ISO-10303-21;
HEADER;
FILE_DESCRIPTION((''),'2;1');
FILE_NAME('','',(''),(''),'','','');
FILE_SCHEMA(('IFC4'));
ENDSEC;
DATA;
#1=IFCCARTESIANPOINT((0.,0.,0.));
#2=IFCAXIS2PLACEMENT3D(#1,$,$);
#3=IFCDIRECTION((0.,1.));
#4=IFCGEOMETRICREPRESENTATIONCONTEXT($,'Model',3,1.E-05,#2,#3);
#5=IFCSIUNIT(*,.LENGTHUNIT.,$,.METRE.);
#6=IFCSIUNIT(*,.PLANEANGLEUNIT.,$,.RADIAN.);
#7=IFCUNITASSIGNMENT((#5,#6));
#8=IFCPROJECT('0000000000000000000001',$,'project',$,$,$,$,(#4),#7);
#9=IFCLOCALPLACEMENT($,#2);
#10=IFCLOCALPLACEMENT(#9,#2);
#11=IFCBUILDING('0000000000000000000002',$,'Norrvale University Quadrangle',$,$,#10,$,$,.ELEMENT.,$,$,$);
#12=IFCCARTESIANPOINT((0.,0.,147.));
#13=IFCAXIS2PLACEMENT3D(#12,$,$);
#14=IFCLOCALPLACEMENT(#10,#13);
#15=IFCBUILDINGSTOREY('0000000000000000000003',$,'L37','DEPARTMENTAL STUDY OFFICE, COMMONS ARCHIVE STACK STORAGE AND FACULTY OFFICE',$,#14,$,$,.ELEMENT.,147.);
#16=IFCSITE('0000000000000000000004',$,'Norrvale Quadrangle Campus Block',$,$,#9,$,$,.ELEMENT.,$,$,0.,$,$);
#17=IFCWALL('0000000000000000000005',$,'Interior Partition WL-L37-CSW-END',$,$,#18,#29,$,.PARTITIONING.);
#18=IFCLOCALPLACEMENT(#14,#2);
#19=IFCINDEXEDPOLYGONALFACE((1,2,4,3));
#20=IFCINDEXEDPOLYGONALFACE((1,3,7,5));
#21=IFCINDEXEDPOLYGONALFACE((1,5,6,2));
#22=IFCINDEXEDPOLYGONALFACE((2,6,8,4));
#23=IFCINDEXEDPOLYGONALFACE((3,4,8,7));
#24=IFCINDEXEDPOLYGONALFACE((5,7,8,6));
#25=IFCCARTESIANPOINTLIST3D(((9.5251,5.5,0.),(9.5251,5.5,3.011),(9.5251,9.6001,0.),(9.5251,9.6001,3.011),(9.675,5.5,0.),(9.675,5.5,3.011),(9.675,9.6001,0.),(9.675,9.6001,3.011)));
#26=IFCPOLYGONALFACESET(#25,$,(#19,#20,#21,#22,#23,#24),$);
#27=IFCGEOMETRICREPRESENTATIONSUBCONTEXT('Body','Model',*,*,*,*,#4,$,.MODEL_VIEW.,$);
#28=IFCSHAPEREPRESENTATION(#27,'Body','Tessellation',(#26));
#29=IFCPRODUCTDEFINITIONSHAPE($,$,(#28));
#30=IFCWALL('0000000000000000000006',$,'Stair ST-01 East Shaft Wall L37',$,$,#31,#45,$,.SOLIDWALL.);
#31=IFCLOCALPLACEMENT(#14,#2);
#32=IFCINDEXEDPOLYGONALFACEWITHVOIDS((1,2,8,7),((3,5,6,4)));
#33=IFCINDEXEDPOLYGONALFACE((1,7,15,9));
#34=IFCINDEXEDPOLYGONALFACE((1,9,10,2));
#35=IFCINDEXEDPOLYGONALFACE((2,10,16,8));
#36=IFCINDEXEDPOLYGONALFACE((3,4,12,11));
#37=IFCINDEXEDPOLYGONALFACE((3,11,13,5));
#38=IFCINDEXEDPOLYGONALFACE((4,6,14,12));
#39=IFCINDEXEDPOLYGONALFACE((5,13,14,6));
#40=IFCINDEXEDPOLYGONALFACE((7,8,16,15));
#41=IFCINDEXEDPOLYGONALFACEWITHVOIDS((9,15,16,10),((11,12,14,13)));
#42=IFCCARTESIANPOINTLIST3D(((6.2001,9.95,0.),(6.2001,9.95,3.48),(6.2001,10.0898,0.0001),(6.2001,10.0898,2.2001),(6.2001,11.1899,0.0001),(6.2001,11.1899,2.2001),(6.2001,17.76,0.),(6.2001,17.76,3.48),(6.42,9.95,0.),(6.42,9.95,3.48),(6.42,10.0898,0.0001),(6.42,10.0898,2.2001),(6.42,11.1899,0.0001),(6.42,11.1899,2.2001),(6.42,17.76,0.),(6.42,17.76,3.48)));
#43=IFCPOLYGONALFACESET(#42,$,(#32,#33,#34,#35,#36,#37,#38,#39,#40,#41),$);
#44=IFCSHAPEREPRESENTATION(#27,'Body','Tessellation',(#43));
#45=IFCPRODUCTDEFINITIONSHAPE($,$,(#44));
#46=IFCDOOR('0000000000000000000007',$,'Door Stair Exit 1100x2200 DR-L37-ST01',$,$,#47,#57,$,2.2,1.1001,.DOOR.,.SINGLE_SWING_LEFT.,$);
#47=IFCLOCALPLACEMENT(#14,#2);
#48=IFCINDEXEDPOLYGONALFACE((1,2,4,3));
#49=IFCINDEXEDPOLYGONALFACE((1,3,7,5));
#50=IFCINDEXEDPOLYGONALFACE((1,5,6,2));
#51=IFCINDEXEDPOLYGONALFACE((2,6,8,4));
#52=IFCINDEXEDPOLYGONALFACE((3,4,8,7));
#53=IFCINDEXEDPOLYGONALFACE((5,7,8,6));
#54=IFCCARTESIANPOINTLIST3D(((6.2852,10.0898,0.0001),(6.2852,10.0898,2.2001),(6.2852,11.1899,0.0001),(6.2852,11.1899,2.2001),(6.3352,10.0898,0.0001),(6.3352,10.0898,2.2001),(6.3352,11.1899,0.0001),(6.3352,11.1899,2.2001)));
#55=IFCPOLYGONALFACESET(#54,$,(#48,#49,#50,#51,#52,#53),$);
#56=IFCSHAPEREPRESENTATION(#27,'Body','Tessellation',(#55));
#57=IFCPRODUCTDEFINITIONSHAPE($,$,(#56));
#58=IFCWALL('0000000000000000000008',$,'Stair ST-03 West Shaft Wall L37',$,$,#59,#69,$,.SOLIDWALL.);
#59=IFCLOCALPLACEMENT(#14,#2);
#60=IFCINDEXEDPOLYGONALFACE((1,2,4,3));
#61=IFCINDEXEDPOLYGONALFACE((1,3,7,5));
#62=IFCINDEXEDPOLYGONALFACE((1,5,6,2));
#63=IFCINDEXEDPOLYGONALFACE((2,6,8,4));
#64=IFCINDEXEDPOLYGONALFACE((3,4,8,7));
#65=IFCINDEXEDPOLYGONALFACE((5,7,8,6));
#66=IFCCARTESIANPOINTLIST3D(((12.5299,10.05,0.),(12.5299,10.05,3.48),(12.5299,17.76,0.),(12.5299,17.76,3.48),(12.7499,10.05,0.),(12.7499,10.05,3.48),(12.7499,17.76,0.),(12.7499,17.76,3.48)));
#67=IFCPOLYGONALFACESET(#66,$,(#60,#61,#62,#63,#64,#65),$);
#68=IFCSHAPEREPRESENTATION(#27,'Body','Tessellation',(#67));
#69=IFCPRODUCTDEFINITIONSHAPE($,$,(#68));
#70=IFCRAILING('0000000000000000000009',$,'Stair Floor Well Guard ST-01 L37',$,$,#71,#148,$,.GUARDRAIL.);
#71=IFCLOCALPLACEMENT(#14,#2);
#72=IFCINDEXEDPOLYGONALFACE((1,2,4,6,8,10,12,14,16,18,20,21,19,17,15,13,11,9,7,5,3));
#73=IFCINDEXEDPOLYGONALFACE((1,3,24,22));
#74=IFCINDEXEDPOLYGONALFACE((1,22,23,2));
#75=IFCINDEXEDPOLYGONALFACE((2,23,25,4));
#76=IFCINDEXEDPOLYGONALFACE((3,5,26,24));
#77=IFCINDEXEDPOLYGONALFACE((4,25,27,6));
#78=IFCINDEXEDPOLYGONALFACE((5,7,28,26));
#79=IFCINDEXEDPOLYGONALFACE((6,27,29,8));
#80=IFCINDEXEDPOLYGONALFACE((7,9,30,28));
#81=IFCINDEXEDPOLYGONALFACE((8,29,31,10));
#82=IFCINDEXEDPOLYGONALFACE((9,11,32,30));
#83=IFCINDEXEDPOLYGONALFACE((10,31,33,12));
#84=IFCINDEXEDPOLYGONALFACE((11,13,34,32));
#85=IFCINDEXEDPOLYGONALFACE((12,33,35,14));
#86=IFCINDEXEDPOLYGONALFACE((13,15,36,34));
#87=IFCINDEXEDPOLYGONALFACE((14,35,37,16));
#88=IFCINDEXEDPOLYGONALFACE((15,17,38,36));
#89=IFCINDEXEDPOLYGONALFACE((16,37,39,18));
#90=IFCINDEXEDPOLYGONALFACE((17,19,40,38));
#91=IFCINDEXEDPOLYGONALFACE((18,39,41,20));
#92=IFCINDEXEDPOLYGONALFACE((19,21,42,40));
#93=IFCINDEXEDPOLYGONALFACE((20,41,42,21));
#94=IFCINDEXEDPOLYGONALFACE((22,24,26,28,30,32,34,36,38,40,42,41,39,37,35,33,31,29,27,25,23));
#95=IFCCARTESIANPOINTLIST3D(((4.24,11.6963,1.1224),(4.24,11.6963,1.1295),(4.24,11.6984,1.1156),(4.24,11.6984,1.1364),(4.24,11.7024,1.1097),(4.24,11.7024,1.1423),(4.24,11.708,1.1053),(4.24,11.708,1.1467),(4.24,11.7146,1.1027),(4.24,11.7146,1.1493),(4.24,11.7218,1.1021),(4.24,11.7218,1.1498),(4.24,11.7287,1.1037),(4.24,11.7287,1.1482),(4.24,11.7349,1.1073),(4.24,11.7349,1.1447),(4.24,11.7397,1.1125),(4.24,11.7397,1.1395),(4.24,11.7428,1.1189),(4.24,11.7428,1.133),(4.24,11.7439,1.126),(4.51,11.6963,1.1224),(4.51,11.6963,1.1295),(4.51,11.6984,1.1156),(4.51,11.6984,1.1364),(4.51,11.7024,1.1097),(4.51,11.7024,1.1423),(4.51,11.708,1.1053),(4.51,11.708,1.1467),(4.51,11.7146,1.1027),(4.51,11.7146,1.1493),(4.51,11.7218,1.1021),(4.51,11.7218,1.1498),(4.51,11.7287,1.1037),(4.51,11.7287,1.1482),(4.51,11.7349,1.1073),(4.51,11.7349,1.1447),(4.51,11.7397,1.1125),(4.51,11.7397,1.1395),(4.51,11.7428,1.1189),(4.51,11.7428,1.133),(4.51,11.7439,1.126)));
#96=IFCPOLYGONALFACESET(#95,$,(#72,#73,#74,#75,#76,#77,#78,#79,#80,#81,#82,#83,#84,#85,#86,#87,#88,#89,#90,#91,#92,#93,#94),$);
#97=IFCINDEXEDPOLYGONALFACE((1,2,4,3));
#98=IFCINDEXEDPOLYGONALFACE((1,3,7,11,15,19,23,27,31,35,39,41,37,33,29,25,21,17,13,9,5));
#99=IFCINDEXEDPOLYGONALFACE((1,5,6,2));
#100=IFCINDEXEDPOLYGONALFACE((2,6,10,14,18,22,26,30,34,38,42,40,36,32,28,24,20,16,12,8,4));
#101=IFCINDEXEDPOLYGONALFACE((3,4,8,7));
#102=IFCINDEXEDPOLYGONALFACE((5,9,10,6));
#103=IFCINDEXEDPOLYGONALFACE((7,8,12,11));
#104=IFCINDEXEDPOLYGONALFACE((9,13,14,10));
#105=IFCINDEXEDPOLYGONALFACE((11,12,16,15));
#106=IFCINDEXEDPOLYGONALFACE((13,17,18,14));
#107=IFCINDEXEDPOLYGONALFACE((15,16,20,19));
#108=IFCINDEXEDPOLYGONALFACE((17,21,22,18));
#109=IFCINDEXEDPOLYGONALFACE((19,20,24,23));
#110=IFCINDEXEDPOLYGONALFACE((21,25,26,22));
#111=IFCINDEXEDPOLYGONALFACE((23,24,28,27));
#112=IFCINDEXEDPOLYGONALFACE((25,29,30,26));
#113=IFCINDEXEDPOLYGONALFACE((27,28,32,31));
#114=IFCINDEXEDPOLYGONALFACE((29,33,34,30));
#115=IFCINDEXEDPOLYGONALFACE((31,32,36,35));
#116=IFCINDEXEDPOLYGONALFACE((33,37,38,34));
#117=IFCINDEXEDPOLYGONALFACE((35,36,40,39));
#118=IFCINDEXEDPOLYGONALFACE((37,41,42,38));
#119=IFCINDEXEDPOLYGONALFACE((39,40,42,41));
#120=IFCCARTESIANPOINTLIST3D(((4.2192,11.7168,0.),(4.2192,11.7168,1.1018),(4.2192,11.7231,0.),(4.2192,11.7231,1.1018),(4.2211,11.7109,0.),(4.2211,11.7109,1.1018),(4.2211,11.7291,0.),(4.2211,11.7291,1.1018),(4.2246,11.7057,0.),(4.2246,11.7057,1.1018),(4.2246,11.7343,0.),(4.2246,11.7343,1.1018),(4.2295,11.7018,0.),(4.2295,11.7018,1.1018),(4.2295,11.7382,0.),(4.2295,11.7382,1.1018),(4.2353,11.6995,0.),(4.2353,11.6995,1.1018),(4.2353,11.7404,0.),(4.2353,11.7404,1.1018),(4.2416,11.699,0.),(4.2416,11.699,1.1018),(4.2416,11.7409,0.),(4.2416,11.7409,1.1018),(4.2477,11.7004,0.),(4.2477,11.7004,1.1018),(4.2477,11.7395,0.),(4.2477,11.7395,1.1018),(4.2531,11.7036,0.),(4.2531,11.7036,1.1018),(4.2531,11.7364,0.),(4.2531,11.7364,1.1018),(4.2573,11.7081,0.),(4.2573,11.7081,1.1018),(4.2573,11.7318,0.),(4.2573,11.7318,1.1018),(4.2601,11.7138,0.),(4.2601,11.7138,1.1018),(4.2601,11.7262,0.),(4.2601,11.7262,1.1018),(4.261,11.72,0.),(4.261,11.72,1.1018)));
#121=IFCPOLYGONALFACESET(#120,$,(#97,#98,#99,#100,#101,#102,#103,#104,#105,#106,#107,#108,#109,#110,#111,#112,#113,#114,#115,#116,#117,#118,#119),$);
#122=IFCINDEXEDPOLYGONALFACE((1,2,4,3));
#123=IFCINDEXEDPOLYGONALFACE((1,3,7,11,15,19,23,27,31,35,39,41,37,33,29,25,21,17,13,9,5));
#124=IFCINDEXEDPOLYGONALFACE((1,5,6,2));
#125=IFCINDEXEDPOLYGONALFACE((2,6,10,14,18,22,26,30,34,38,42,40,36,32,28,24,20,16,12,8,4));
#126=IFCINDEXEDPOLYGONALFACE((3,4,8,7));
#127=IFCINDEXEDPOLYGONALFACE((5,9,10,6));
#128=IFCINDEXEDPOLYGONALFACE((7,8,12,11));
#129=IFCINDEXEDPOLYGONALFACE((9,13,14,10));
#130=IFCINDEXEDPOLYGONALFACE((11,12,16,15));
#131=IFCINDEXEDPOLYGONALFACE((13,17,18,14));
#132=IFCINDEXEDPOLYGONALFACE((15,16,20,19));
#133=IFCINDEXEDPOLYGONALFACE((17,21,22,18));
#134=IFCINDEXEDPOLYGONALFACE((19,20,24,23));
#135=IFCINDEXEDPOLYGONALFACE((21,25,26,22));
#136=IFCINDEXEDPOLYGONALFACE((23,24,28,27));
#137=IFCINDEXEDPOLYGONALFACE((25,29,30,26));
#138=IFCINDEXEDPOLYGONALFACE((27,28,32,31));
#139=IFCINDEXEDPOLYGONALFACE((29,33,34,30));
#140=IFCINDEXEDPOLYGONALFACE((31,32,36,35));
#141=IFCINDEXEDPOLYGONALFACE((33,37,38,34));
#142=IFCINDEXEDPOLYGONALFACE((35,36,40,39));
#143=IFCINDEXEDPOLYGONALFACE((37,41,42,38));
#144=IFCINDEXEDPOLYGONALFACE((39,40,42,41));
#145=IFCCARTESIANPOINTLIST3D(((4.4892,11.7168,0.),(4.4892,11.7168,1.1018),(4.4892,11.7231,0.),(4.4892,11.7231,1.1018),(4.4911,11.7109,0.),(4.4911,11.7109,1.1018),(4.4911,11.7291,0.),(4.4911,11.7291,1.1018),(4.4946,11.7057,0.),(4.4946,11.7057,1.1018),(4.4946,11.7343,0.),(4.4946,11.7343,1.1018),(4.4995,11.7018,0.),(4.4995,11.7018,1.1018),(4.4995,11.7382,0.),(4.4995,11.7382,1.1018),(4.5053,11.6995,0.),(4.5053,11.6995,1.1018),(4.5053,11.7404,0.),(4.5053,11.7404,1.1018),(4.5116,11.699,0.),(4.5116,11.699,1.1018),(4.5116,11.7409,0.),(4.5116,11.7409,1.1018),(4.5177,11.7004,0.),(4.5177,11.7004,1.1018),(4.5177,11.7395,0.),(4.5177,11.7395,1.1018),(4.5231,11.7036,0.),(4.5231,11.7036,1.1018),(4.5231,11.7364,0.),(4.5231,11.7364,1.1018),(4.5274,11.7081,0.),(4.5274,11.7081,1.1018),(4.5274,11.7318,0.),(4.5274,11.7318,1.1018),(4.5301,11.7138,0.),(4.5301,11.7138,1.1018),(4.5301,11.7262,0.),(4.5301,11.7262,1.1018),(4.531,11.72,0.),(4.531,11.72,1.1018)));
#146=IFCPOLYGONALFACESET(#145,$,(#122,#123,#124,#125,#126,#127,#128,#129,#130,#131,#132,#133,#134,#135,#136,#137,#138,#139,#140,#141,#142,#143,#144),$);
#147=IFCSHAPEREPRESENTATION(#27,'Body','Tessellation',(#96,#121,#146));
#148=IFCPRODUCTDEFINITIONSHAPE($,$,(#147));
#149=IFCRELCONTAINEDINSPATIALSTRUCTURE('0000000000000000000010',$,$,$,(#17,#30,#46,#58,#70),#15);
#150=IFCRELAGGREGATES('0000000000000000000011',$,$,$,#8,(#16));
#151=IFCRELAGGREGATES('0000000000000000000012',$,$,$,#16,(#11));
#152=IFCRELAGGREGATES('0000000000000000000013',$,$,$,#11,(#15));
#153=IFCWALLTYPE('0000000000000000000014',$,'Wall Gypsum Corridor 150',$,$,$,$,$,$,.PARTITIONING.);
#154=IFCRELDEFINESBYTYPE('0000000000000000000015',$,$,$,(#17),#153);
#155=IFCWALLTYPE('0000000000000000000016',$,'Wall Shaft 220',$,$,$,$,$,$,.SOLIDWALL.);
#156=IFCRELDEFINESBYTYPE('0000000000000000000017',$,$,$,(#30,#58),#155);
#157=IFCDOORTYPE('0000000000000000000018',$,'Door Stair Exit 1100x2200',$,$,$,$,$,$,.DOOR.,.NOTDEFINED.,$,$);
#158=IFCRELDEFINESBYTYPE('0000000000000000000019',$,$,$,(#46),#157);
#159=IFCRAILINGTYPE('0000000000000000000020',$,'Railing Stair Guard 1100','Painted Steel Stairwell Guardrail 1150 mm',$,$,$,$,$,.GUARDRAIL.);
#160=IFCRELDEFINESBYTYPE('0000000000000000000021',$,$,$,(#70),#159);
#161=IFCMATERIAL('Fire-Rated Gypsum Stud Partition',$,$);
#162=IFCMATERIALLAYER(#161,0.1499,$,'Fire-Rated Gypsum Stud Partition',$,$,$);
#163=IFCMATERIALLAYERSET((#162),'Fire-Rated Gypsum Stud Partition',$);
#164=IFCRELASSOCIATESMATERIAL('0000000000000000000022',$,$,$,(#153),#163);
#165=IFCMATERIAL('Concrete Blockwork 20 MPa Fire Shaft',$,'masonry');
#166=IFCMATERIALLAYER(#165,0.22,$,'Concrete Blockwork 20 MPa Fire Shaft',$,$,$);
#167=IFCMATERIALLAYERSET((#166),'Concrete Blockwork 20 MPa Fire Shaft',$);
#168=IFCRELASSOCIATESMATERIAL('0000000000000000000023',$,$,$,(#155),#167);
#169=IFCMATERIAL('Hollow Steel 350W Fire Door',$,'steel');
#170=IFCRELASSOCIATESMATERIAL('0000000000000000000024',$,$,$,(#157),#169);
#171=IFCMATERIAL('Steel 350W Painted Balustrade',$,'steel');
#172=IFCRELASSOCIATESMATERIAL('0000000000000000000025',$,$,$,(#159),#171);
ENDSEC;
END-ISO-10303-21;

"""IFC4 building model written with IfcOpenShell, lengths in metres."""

from ifc_helpers import new_model, si_unit, direction, frame, frame_2d, origin, origin_2d, place, context, subcontext, project, spatial, rectangle, circle, extrude, material, layer, layer_set, type_object, element, fill, save


model = new_model("IFC4")

# Units and contexts
model_context = context("Model", 3, precision=1e-05, world=origin(), true_north=direction((0.0, 1.0)))
body_context = subcontext(model_context, "Body", "Model", "MODEL_VIEW")
ifc_project = project(units=[si_unit("LENGTHUNIT", "METRE"), si_unit("PLANEANGLEUNIT", "RADIAN")], contexts=[model_context])

# Site, building, storey
site_placement = place(None, origin())
site = spatial("IfcSite", under=ifc_project, at=site_placement, Name="Norrvale Quadrangle Campus Block", CompositionType="ELEMENT", RefElevation=0.0)
building_placement = place(site_placement, origin())
building = spatial("IfcBuilding", under=site, at=building_placement, Name="Norrvale University Quadrangle", CompositionType="ELEMENT")
storey_placement = place(building_placement, frame((0.0, 0.0, 147.0)))
storey = spatial("IfcBuildingStorey", under=building, at=storey_placement, Name="L37", Description="DEPARTMENTAL STUDY OFFICE, COMMONS ARCHIVE STACK STORAGE AND FACULTY OFFICE", CompositionType="ELEMENT", Elevation=147.0)

# Wall
ifc_material_1 = material(Name="Fire-Rated Gypsum Stud Partition")
ifc_layer_1 = layer(ifc_material_1, 0.1499, Name="Fire-Rated Gypsum Stud Partition")
ifc_layer_set_1 = layer_set([ifc_layer_1], Name="Fire-Rated Gypsum Stud Partition")
wall_type_1 = type_object("IfcWallType", Name="Wall Gypsum Corridor 150", PredefinedType="PARTITIONING", material=ifc_layer_set_1)
wall_1_placement = place(storey_placement, frame((9.6001, 5.5, 0.0), z_axis=(0.0, 0.0, 1.0), x_axis=(0.0, 1.0, 0.0)))
element("IfcWall", 1, at=wall_1_placement, inside=storey, type_object=wall_type_1, Name="Interior Partition WL-L37-CSW-END", PredefinedType="PARTITIONING", context=body_context, shape_type="SweptSolid", body=[
    extrude(rectangle(XDim=4.1001, YDim=0.1499, at=frame_2d((2.05, 0.0))), origin(), (0.0, 0.0, 1.0), 3.011),
])

# Wall, opening, door
ifc_material_2 = material(Name="Concrete Blockwork 20 MPa Fire Shaft", Category="masonry")
ifc_layer_2 = layer(ifc_material_2, 0.22, Name="Concrete Blockwork 20 MPa Fire Shaft")
ifc_layer_set_2 = layer_set([ifc_layer_2], Name="Concrete Blockwork 20 MPa Fire Shaft")
wall_type_2 = type_object("IfcWallType", Name="Wall Shaft 220", PredefinedType="SOLIDWALL", material=ifc_layer_set_2)
wall_2_placement = place(storey_placement, frame((6.3101, 9.95, 0.0), z_axis=(0.0, 0.0, 1.0), x_axis=(0.0, 1.0, 0.0)))
wall_2 = element("IfcWall", 2, at=wall_2_placement, inside=storey, type_object=wall_type_2, Name="Stair ST-01 East Shaft Wall L37", PredefinedType="SOLIDWALL", context=body_context, shape_type="SweptSolid", body=[
    extrude(rectangle(XDim=7.8101, YDim=0.22, at=frame_2d((3.905, 0.0))), origin(), (0.0, 0.0, 1.0), 3.48),
])
opening_placement = place(wall_2_placement, frame((0.1399, 0.0, 0.0)))
opening = element("IfcOpeningElement", 3, at=opening_placement, cuts=wall_2, PredefinedType="OPENING", context=body_context, shape_type="SweptSolid", body=[
    extrude(rectangle(XDim=1.1001, YDim=2.2, at=frame_2d((0.55, 1.1001))), frame((0.0, 0.1221, 0.0), z_axis=(0.0, -1.0, 0.0), x_axis=(1.0, 0.0, 0.0)), (0.0, 0.0, 1.0), 0.2439),
])
ifc_material_3 = material(Name="Hollow Steel 350W Fire Door", Category="steel")
door_type = type_object("IfcDoorType", Name="Door Stair Exit 1100x2200", OperationType="NOTDEFINED", PredefinedType="DOOR", material=ifc_material_3)
door_placement = place(opening_placement, origin())
door = element("IfcDoor", 4, at=door_placement, inside=storey, type_object=door_type, Name="Door Stair Exit 1100x2200 DR-L37-ST01", OperationType="SINGLE_SWING_LEFT", OverallHeight=2.2, OverallWidth=1.1001, PredefinedType="DOOR", context=body_context, shape_type="SweptSolid", body=[
    extrude(rectangle(XDim=1.1001, YDim=2.2, at=frame_2d((0.55, 1.1001))), frame((0.0, 0.0249, 0.0), z_axis=(0.0, -1.0, 0.0), x_axis=(1.0, 0.0, 0.0)), (0.0, 0.0, 1.0), 0.05),
])
fill(opening, door)

# Wall
wall_3_placement = place(storey_placement, frame((12.6399, 10.05, 0.0), z_axis=(0.0, 0.0, 1.0), x_axis=(0.0, 1.0, 0.0)))
element("IfcWall", 5, at=wall_3_placement, inside=storey, type_object=wall_type_2, Name="Stair ST-03 West Shaft Wall L37", PredefinedType="SOLIDWALL", context=body_context, shape_type="SweptSolid", body=[
    extrude(rectangle(XDim=7.71, YDim=0.22, at=frame_2d((3.855, 0.0))), origin(), (0.0, 0.0, 1.0), 3.48),
])

# Railing
ifc_material_4 = material(Name="Steel 350W Painted Balustrade", Category="steel")
railing_type = type_object("IfcRailingType", Name="Railing Stair Guard 1100", Description="Painted Steel Stairwell Guardrail 1150 mm", PredefinedType="GUARDRAIL", material=ifc_material_4)
for number, where, name in (
    (6, (4.24, 11.72, 0.0), "Stair Floor Well Guard ST-01 L37"),
):
    element("IfcRailing", number, at=place(storey_placement, frame(where)), inside=storey, type_object=railing_type, Name=name, PredefinedType="GUARDRAIL", context=body_context, shape_type="SweptSolid", body=[
        extrude(circle(Radius=0.0239, at=origin_2d()), frame((0.0, 0.0, 1.126), z_axis=(1.0, 0.0, 0.0), x_axis=(0.0, 1.0, 0.0)), (0.0, 0.0, 1.0), 0.27),
        extrude(circle(Radius=0.021, at=origin_2d()), origin(), (0.0, 0.0, 1.0), 1.1018),
        extrude(circle(Radius=0.021, at=origin_2d()), frame((0.27, 0.0, 0.0)), (0.0, 0.0, 1.0), 1.1018),
    ])

save(model, "model.ifc")
